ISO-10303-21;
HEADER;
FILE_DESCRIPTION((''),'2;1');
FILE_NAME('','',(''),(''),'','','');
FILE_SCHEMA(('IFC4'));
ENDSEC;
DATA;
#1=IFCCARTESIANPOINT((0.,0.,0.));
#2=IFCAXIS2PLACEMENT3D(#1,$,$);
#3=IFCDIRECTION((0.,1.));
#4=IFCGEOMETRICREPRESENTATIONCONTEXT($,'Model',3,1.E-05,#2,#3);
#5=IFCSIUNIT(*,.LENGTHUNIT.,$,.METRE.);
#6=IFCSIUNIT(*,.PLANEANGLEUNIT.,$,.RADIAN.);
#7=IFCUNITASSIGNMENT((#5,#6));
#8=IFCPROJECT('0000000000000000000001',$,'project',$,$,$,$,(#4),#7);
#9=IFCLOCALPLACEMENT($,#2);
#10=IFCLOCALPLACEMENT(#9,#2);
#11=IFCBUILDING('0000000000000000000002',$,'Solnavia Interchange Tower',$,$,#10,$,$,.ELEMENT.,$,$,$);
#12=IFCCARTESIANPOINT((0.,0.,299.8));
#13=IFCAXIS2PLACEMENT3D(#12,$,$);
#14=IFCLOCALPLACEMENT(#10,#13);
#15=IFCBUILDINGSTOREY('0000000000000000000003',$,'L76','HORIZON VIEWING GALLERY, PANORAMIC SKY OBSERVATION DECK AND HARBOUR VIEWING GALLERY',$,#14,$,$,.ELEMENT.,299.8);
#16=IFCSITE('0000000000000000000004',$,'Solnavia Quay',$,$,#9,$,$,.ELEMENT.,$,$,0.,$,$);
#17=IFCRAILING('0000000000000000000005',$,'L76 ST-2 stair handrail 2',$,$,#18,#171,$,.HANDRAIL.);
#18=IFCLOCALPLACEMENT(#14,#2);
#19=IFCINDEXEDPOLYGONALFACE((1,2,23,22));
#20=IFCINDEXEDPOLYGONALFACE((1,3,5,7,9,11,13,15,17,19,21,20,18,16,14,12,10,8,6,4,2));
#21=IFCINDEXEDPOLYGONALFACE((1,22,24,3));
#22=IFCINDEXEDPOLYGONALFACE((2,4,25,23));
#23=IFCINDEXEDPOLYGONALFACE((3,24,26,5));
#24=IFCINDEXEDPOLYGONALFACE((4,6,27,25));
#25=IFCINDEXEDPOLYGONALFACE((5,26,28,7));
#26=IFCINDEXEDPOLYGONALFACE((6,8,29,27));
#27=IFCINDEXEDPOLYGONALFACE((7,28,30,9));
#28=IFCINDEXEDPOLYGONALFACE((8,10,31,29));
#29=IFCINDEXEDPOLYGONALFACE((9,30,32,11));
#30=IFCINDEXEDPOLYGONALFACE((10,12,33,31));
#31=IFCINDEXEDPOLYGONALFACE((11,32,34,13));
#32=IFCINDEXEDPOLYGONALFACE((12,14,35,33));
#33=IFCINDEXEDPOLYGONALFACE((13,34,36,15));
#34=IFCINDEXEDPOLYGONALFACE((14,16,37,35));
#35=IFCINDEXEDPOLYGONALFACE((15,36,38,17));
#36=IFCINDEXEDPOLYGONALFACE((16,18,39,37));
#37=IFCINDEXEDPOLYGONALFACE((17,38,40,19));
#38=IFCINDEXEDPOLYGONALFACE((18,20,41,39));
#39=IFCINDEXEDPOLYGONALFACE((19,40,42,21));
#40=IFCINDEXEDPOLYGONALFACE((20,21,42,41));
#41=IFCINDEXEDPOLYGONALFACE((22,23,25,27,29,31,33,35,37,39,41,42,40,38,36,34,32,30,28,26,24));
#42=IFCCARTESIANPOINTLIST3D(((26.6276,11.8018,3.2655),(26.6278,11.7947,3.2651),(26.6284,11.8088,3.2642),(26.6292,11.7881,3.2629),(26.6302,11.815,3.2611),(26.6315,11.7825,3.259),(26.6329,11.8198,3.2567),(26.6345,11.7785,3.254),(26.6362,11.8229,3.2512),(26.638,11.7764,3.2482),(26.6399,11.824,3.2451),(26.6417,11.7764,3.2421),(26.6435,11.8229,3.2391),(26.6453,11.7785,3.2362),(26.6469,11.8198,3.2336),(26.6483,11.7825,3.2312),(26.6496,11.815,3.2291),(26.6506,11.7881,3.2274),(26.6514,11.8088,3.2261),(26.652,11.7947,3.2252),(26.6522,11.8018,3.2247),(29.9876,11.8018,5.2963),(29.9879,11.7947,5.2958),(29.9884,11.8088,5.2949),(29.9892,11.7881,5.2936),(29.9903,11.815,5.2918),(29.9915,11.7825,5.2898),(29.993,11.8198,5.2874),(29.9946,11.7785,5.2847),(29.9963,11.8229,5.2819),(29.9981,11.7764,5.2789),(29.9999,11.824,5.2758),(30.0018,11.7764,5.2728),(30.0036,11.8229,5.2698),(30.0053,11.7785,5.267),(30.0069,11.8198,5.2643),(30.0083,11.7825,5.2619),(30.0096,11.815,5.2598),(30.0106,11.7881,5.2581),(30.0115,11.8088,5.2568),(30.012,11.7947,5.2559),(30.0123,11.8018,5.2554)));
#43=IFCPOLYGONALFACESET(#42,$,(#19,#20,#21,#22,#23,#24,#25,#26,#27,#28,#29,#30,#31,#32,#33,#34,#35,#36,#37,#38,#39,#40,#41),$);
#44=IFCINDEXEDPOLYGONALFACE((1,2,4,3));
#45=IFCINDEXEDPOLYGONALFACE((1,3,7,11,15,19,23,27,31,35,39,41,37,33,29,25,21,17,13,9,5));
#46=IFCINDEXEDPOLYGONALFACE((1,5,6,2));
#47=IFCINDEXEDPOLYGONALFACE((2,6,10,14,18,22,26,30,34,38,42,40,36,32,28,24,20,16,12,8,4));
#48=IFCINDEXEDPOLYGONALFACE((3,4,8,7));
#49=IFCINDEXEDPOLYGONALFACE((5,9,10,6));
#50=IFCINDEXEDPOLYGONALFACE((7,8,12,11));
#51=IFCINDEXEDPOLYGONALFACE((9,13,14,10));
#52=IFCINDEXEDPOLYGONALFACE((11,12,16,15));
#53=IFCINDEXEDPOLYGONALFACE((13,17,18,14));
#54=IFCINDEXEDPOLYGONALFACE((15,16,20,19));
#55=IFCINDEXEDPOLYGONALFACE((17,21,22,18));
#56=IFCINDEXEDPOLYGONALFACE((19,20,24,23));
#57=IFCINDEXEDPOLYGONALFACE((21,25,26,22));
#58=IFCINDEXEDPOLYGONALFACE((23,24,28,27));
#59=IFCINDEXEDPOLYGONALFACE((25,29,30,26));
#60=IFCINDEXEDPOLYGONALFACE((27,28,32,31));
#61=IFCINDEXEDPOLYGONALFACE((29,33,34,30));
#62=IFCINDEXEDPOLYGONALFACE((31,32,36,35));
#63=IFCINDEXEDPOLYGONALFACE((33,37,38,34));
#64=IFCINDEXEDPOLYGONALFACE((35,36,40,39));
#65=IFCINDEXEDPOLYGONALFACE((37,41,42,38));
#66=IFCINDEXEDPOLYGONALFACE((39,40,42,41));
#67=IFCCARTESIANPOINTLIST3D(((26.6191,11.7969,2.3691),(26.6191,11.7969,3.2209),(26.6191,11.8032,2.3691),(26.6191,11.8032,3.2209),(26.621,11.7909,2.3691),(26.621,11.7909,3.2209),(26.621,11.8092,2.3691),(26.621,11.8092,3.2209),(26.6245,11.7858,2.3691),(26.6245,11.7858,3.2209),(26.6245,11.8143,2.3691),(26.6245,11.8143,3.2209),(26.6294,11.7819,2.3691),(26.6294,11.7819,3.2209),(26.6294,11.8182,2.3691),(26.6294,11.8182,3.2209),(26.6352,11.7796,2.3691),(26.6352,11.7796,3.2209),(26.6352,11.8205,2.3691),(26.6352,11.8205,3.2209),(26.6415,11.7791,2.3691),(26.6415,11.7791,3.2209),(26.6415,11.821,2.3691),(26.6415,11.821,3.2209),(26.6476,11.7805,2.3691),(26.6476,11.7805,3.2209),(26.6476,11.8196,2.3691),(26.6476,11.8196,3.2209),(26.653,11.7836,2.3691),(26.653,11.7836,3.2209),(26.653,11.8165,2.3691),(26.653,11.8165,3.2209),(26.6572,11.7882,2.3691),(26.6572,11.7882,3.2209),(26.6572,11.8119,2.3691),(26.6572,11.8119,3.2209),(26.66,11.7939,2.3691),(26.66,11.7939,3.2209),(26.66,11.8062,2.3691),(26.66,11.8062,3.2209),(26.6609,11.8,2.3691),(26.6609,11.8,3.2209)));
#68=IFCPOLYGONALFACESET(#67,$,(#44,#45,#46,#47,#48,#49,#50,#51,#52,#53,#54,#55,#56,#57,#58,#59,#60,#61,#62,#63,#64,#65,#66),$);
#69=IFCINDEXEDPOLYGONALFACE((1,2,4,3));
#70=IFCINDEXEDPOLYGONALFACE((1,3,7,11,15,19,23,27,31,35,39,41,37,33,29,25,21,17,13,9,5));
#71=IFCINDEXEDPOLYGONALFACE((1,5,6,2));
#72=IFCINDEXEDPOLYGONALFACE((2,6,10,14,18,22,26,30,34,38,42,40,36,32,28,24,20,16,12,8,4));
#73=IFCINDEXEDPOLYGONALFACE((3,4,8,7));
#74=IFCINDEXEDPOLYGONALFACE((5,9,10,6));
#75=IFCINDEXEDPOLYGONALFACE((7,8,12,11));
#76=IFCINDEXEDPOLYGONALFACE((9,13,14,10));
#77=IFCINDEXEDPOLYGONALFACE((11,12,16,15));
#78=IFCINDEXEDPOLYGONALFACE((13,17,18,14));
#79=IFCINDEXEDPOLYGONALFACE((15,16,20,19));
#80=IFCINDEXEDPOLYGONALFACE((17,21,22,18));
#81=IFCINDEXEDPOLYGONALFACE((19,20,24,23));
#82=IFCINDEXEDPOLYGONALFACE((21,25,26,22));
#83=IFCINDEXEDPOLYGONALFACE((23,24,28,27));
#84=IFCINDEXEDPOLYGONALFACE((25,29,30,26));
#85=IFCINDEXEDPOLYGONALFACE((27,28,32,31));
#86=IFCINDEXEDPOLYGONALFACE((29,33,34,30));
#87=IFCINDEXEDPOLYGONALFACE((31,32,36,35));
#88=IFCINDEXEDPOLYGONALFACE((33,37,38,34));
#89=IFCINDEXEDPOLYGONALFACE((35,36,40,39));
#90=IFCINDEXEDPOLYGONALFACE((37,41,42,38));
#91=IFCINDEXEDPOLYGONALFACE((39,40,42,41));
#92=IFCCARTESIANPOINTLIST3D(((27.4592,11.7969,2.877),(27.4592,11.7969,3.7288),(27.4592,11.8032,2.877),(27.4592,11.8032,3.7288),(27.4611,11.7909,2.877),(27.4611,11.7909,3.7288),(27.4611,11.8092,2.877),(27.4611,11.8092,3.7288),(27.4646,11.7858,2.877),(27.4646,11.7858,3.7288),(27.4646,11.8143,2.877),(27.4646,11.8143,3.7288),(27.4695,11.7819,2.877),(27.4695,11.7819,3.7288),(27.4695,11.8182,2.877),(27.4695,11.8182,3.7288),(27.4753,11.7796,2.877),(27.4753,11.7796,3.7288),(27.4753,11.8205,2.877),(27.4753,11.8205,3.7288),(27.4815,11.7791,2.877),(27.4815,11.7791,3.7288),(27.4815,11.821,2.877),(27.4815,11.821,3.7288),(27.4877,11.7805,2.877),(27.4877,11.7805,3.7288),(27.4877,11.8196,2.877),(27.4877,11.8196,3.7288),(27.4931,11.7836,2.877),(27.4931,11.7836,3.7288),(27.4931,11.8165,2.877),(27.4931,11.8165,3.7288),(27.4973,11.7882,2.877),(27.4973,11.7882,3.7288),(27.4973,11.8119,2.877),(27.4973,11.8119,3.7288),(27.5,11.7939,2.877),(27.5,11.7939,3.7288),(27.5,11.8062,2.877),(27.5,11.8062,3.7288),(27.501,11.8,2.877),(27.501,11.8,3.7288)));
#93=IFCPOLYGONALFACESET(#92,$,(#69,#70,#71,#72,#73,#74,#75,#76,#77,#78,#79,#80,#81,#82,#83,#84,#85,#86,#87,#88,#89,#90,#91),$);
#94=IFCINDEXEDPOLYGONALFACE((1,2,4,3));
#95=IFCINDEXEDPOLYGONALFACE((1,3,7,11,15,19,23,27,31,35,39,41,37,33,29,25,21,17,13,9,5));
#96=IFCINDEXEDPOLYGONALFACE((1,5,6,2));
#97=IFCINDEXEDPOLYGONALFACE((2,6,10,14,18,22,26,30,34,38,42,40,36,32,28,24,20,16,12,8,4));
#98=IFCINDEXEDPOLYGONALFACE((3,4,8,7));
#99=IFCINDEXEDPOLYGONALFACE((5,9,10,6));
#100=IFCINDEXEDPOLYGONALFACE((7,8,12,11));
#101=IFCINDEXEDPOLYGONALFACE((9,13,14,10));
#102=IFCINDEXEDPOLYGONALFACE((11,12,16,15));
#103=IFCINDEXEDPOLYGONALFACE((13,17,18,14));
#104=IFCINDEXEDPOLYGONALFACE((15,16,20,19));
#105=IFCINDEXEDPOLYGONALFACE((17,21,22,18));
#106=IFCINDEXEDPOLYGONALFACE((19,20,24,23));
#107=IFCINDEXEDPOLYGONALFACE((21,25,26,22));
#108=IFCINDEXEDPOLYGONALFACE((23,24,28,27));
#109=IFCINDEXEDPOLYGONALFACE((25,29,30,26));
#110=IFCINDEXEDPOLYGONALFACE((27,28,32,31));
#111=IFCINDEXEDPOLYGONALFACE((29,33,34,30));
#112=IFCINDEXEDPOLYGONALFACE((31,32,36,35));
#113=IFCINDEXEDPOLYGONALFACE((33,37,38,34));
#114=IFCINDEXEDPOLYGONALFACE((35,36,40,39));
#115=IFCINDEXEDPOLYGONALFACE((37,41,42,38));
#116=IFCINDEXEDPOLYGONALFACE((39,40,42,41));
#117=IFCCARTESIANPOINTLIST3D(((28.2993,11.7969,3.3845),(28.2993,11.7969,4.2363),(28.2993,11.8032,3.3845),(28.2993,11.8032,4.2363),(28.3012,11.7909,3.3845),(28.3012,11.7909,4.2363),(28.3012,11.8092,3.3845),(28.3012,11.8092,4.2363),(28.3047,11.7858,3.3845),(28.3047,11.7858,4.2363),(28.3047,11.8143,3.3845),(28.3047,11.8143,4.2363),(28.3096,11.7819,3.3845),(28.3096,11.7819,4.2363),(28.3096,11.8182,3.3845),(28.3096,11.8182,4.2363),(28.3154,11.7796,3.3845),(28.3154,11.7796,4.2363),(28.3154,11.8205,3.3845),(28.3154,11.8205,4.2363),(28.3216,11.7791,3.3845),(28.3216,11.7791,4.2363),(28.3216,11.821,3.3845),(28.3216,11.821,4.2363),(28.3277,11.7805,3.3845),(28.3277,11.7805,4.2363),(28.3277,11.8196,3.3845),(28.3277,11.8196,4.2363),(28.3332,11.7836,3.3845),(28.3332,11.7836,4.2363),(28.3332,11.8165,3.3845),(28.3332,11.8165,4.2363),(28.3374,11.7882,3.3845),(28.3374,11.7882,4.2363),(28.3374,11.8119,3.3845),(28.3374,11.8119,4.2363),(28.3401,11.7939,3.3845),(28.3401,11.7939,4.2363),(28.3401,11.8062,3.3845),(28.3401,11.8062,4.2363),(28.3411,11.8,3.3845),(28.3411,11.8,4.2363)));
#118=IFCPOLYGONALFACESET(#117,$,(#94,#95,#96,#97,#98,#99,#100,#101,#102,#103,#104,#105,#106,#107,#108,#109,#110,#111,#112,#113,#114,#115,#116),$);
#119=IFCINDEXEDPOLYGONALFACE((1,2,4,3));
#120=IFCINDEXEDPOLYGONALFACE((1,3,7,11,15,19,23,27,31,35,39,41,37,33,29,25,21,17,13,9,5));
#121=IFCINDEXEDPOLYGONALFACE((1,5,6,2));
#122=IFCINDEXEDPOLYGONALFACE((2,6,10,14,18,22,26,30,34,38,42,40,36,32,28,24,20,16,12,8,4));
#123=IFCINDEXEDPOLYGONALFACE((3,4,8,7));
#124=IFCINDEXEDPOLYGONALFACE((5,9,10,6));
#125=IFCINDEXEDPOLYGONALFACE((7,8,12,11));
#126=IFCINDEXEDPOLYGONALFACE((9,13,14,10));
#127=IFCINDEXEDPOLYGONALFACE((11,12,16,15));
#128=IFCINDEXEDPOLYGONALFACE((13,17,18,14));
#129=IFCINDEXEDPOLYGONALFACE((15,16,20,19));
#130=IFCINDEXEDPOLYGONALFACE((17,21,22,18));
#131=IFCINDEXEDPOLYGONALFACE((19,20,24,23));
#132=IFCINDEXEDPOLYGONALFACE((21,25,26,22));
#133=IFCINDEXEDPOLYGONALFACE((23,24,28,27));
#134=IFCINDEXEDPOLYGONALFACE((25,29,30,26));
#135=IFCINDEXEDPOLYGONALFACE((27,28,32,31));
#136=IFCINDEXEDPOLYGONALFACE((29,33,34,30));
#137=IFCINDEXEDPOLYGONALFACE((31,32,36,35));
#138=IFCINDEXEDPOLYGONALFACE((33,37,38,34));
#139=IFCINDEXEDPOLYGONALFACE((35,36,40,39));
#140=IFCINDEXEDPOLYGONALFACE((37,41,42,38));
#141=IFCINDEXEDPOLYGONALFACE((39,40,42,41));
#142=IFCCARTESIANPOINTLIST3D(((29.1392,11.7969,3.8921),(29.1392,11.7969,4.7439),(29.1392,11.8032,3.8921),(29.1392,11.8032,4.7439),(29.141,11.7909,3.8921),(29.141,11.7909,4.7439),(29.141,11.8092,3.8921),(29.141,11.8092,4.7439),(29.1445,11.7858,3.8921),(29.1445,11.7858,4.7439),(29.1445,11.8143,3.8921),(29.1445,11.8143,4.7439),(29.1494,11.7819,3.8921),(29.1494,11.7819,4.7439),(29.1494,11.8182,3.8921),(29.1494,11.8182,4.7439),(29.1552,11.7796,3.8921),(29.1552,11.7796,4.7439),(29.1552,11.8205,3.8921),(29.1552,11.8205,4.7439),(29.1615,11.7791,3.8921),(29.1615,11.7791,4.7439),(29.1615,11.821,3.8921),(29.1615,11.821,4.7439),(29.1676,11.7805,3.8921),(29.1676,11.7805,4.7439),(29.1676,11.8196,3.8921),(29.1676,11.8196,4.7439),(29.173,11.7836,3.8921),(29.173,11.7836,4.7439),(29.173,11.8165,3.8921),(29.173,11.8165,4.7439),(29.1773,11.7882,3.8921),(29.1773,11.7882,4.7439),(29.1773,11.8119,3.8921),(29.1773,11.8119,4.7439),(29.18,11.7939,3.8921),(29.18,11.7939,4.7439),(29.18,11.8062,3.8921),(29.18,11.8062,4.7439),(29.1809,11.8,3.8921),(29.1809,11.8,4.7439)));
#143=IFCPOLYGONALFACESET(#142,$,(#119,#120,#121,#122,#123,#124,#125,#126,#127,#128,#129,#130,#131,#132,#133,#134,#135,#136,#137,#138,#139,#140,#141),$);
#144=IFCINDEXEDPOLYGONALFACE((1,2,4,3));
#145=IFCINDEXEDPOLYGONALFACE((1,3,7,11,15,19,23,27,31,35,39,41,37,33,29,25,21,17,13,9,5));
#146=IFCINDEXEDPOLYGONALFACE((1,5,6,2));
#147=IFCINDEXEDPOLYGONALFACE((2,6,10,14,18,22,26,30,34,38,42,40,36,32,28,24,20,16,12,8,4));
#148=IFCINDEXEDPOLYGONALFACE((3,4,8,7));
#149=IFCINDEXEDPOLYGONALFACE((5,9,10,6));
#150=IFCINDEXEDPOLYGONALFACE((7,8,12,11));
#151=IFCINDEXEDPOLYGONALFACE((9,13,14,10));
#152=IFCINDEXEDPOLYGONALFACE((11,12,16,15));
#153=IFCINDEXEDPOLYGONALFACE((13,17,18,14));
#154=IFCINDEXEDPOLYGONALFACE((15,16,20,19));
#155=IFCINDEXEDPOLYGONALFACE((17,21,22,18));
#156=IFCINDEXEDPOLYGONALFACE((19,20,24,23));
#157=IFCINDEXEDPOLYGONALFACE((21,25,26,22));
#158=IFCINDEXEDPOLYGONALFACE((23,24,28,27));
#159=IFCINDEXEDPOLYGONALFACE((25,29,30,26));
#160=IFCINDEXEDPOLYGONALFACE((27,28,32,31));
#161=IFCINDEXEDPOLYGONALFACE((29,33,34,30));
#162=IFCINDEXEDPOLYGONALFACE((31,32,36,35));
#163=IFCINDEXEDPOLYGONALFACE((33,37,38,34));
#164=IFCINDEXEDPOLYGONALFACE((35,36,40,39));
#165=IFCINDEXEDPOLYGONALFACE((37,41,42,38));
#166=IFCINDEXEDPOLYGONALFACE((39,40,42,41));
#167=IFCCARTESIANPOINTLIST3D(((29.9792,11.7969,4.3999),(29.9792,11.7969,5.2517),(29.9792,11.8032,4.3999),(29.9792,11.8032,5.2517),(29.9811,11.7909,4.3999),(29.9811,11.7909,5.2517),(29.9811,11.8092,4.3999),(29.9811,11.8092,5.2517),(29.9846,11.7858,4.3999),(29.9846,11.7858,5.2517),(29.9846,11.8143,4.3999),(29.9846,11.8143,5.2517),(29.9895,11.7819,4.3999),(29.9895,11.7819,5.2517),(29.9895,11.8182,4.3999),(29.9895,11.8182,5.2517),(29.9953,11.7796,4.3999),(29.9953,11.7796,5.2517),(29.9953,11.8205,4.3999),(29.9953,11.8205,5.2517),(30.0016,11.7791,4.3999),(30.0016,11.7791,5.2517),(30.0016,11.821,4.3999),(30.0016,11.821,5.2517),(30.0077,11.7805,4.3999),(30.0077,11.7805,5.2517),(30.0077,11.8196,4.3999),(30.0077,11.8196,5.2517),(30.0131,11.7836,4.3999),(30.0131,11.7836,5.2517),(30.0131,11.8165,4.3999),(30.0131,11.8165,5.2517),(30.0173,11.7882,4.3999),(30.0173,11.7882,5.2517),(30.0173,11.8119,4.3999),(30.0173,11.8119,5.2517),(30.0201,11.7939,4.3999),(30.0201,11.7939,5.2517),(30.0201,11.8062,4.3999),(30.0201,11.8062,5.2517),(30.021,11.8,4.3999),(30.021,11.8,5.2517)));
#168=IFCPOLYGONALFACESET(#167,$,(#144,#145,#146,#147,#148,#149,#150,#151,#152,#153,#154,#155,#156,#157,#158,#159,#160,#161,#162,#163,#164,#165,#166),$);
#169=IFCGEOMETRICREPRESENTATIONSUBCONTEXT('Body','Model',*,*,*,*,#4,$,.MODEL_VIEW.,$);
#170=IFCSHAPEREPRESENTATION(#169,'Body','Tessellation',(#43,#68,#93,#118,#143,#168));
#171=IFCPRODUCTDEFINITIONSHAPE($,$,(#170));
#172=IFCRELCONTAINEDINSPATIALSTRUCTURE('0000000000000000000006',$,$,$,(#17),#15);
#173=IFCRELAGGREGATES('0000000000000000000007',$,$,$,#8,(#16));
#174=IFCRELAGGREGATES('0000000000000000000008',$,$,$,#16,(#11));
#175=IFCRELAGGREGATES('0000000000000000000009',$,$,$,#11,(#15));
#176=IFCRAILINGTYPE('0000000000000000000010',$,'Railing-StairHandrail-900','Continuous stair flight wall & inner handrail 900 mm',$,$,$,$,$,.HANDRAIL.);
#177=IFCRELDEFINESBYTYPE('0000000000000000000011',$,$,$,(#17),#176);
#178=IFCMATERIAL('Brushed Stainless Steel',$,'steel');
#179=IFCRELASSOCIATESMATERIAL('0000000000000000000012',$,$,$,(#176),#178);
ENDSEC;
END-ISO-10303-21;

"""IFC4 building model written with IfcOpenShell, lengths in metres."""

from ifc_helpers import new_model, si_unit, direction, frame, origin, origin_2d, place, context, subcontext, project, spatial, circle, extrude, material, type_object, element, save


model = new_model("IFC4")

# Units and contexts
model_context = context("Model", 3, precision=1e-05, world=origin(), true_north=direction((0.0, 1.0)))
body_context = subcontext(model_context, "Body", "Model", "MODEL_VIEW")
ifc_project = project(units=[si_unit("LENGTHUNIT", "METRE"), si_unit("PLANEANGLEUNIT", "RADIAN")], contexts=[model_context])

# Site, building, storey
site_placement = place(None, origin())
site = spatial("IfcSite", under=ifc_project, at=site_placement, Name="Solnavia Quay", CompositionType="ELEMENT", RefElevation=0.0)
building_placement = place(site_placement, origin())
building = spatial("IfcBuilding", under=site, at=building_placement, Name="Solnavia Interchange Tower", CompositionType="ELEMENT")
storey_placement = place(building_placement, frame((0.0, 0.0, 299.8)))
storey = spatial("IfcBuildingStorey", under=building, at=storey_placement, Name="L76", Description="HORIZON VIEWING GALLERY, PANORAMIC SKY OBSERVATION DECK AND HARBOUR VIEWING GALLERY", CompositionType="ELEMENT", Elevation=299.8)

# Railing
ifc_material_1 = material(Name="Brushed Stainless Steel", Category="steel")
railing_type_1 = type_object("IfcRailingType", Name="Railing-StairHandrail-900", Description="Continuous stair flight wall & inner handrail 900 mm", PredefinedType="HANDRAIL", material=ifc_material_1)
railing_1_placement = place(storey_placement, frame((26.6399, 11.8, 2.3691)))
element("IfcRailing", 1, at=railing_1_placement, inside=storey, type_object=railing_type_1, Name="L76 ST-2 stair handrail 2", PredefinedType="HANDRAIL", context=body_context, shape_type="SweptSolid", body=[
    extrude(circle(Radius=0.0239, at=origin_2d()), frame((0.0, 0.0, 0.876), z_axis=(0.855837, 0.0, 0.517246), x_axis=(0.0, 1.0, 0.0)), (0.0, 0.0, 1.0), 3.926),
    extrude(circle(Radius=0.021, at=origin_2d()), origin(), (0.0, 0.0, 1.0), 0.8518),
    extrude(circle(Radius=0.021, at=origin_2d()), frame((0.8401, 0.0, 0.5078)), (0.0, 0.0, 1.0), 0.8518),
    extrude(circle(Radius=0.021, at=origin_2d()), frame((1.6802, 0.0, 1.0154)), (0.0, 0.0, 1.0), 0.8518),
    extrude(circle(Radius=0.021, at=origin_2d()), frame((2.52, 0.0, 1.5229)), (0.0, 0.0, 1.0), 0.8518),
    extrude(circle(Radius=0.021, at=origin_2d()), frame((3.3601, 0.0, 2.0308)), (0.0, 0.0, 1.0), 0.8518),
])

save(model, "model.ifc")
